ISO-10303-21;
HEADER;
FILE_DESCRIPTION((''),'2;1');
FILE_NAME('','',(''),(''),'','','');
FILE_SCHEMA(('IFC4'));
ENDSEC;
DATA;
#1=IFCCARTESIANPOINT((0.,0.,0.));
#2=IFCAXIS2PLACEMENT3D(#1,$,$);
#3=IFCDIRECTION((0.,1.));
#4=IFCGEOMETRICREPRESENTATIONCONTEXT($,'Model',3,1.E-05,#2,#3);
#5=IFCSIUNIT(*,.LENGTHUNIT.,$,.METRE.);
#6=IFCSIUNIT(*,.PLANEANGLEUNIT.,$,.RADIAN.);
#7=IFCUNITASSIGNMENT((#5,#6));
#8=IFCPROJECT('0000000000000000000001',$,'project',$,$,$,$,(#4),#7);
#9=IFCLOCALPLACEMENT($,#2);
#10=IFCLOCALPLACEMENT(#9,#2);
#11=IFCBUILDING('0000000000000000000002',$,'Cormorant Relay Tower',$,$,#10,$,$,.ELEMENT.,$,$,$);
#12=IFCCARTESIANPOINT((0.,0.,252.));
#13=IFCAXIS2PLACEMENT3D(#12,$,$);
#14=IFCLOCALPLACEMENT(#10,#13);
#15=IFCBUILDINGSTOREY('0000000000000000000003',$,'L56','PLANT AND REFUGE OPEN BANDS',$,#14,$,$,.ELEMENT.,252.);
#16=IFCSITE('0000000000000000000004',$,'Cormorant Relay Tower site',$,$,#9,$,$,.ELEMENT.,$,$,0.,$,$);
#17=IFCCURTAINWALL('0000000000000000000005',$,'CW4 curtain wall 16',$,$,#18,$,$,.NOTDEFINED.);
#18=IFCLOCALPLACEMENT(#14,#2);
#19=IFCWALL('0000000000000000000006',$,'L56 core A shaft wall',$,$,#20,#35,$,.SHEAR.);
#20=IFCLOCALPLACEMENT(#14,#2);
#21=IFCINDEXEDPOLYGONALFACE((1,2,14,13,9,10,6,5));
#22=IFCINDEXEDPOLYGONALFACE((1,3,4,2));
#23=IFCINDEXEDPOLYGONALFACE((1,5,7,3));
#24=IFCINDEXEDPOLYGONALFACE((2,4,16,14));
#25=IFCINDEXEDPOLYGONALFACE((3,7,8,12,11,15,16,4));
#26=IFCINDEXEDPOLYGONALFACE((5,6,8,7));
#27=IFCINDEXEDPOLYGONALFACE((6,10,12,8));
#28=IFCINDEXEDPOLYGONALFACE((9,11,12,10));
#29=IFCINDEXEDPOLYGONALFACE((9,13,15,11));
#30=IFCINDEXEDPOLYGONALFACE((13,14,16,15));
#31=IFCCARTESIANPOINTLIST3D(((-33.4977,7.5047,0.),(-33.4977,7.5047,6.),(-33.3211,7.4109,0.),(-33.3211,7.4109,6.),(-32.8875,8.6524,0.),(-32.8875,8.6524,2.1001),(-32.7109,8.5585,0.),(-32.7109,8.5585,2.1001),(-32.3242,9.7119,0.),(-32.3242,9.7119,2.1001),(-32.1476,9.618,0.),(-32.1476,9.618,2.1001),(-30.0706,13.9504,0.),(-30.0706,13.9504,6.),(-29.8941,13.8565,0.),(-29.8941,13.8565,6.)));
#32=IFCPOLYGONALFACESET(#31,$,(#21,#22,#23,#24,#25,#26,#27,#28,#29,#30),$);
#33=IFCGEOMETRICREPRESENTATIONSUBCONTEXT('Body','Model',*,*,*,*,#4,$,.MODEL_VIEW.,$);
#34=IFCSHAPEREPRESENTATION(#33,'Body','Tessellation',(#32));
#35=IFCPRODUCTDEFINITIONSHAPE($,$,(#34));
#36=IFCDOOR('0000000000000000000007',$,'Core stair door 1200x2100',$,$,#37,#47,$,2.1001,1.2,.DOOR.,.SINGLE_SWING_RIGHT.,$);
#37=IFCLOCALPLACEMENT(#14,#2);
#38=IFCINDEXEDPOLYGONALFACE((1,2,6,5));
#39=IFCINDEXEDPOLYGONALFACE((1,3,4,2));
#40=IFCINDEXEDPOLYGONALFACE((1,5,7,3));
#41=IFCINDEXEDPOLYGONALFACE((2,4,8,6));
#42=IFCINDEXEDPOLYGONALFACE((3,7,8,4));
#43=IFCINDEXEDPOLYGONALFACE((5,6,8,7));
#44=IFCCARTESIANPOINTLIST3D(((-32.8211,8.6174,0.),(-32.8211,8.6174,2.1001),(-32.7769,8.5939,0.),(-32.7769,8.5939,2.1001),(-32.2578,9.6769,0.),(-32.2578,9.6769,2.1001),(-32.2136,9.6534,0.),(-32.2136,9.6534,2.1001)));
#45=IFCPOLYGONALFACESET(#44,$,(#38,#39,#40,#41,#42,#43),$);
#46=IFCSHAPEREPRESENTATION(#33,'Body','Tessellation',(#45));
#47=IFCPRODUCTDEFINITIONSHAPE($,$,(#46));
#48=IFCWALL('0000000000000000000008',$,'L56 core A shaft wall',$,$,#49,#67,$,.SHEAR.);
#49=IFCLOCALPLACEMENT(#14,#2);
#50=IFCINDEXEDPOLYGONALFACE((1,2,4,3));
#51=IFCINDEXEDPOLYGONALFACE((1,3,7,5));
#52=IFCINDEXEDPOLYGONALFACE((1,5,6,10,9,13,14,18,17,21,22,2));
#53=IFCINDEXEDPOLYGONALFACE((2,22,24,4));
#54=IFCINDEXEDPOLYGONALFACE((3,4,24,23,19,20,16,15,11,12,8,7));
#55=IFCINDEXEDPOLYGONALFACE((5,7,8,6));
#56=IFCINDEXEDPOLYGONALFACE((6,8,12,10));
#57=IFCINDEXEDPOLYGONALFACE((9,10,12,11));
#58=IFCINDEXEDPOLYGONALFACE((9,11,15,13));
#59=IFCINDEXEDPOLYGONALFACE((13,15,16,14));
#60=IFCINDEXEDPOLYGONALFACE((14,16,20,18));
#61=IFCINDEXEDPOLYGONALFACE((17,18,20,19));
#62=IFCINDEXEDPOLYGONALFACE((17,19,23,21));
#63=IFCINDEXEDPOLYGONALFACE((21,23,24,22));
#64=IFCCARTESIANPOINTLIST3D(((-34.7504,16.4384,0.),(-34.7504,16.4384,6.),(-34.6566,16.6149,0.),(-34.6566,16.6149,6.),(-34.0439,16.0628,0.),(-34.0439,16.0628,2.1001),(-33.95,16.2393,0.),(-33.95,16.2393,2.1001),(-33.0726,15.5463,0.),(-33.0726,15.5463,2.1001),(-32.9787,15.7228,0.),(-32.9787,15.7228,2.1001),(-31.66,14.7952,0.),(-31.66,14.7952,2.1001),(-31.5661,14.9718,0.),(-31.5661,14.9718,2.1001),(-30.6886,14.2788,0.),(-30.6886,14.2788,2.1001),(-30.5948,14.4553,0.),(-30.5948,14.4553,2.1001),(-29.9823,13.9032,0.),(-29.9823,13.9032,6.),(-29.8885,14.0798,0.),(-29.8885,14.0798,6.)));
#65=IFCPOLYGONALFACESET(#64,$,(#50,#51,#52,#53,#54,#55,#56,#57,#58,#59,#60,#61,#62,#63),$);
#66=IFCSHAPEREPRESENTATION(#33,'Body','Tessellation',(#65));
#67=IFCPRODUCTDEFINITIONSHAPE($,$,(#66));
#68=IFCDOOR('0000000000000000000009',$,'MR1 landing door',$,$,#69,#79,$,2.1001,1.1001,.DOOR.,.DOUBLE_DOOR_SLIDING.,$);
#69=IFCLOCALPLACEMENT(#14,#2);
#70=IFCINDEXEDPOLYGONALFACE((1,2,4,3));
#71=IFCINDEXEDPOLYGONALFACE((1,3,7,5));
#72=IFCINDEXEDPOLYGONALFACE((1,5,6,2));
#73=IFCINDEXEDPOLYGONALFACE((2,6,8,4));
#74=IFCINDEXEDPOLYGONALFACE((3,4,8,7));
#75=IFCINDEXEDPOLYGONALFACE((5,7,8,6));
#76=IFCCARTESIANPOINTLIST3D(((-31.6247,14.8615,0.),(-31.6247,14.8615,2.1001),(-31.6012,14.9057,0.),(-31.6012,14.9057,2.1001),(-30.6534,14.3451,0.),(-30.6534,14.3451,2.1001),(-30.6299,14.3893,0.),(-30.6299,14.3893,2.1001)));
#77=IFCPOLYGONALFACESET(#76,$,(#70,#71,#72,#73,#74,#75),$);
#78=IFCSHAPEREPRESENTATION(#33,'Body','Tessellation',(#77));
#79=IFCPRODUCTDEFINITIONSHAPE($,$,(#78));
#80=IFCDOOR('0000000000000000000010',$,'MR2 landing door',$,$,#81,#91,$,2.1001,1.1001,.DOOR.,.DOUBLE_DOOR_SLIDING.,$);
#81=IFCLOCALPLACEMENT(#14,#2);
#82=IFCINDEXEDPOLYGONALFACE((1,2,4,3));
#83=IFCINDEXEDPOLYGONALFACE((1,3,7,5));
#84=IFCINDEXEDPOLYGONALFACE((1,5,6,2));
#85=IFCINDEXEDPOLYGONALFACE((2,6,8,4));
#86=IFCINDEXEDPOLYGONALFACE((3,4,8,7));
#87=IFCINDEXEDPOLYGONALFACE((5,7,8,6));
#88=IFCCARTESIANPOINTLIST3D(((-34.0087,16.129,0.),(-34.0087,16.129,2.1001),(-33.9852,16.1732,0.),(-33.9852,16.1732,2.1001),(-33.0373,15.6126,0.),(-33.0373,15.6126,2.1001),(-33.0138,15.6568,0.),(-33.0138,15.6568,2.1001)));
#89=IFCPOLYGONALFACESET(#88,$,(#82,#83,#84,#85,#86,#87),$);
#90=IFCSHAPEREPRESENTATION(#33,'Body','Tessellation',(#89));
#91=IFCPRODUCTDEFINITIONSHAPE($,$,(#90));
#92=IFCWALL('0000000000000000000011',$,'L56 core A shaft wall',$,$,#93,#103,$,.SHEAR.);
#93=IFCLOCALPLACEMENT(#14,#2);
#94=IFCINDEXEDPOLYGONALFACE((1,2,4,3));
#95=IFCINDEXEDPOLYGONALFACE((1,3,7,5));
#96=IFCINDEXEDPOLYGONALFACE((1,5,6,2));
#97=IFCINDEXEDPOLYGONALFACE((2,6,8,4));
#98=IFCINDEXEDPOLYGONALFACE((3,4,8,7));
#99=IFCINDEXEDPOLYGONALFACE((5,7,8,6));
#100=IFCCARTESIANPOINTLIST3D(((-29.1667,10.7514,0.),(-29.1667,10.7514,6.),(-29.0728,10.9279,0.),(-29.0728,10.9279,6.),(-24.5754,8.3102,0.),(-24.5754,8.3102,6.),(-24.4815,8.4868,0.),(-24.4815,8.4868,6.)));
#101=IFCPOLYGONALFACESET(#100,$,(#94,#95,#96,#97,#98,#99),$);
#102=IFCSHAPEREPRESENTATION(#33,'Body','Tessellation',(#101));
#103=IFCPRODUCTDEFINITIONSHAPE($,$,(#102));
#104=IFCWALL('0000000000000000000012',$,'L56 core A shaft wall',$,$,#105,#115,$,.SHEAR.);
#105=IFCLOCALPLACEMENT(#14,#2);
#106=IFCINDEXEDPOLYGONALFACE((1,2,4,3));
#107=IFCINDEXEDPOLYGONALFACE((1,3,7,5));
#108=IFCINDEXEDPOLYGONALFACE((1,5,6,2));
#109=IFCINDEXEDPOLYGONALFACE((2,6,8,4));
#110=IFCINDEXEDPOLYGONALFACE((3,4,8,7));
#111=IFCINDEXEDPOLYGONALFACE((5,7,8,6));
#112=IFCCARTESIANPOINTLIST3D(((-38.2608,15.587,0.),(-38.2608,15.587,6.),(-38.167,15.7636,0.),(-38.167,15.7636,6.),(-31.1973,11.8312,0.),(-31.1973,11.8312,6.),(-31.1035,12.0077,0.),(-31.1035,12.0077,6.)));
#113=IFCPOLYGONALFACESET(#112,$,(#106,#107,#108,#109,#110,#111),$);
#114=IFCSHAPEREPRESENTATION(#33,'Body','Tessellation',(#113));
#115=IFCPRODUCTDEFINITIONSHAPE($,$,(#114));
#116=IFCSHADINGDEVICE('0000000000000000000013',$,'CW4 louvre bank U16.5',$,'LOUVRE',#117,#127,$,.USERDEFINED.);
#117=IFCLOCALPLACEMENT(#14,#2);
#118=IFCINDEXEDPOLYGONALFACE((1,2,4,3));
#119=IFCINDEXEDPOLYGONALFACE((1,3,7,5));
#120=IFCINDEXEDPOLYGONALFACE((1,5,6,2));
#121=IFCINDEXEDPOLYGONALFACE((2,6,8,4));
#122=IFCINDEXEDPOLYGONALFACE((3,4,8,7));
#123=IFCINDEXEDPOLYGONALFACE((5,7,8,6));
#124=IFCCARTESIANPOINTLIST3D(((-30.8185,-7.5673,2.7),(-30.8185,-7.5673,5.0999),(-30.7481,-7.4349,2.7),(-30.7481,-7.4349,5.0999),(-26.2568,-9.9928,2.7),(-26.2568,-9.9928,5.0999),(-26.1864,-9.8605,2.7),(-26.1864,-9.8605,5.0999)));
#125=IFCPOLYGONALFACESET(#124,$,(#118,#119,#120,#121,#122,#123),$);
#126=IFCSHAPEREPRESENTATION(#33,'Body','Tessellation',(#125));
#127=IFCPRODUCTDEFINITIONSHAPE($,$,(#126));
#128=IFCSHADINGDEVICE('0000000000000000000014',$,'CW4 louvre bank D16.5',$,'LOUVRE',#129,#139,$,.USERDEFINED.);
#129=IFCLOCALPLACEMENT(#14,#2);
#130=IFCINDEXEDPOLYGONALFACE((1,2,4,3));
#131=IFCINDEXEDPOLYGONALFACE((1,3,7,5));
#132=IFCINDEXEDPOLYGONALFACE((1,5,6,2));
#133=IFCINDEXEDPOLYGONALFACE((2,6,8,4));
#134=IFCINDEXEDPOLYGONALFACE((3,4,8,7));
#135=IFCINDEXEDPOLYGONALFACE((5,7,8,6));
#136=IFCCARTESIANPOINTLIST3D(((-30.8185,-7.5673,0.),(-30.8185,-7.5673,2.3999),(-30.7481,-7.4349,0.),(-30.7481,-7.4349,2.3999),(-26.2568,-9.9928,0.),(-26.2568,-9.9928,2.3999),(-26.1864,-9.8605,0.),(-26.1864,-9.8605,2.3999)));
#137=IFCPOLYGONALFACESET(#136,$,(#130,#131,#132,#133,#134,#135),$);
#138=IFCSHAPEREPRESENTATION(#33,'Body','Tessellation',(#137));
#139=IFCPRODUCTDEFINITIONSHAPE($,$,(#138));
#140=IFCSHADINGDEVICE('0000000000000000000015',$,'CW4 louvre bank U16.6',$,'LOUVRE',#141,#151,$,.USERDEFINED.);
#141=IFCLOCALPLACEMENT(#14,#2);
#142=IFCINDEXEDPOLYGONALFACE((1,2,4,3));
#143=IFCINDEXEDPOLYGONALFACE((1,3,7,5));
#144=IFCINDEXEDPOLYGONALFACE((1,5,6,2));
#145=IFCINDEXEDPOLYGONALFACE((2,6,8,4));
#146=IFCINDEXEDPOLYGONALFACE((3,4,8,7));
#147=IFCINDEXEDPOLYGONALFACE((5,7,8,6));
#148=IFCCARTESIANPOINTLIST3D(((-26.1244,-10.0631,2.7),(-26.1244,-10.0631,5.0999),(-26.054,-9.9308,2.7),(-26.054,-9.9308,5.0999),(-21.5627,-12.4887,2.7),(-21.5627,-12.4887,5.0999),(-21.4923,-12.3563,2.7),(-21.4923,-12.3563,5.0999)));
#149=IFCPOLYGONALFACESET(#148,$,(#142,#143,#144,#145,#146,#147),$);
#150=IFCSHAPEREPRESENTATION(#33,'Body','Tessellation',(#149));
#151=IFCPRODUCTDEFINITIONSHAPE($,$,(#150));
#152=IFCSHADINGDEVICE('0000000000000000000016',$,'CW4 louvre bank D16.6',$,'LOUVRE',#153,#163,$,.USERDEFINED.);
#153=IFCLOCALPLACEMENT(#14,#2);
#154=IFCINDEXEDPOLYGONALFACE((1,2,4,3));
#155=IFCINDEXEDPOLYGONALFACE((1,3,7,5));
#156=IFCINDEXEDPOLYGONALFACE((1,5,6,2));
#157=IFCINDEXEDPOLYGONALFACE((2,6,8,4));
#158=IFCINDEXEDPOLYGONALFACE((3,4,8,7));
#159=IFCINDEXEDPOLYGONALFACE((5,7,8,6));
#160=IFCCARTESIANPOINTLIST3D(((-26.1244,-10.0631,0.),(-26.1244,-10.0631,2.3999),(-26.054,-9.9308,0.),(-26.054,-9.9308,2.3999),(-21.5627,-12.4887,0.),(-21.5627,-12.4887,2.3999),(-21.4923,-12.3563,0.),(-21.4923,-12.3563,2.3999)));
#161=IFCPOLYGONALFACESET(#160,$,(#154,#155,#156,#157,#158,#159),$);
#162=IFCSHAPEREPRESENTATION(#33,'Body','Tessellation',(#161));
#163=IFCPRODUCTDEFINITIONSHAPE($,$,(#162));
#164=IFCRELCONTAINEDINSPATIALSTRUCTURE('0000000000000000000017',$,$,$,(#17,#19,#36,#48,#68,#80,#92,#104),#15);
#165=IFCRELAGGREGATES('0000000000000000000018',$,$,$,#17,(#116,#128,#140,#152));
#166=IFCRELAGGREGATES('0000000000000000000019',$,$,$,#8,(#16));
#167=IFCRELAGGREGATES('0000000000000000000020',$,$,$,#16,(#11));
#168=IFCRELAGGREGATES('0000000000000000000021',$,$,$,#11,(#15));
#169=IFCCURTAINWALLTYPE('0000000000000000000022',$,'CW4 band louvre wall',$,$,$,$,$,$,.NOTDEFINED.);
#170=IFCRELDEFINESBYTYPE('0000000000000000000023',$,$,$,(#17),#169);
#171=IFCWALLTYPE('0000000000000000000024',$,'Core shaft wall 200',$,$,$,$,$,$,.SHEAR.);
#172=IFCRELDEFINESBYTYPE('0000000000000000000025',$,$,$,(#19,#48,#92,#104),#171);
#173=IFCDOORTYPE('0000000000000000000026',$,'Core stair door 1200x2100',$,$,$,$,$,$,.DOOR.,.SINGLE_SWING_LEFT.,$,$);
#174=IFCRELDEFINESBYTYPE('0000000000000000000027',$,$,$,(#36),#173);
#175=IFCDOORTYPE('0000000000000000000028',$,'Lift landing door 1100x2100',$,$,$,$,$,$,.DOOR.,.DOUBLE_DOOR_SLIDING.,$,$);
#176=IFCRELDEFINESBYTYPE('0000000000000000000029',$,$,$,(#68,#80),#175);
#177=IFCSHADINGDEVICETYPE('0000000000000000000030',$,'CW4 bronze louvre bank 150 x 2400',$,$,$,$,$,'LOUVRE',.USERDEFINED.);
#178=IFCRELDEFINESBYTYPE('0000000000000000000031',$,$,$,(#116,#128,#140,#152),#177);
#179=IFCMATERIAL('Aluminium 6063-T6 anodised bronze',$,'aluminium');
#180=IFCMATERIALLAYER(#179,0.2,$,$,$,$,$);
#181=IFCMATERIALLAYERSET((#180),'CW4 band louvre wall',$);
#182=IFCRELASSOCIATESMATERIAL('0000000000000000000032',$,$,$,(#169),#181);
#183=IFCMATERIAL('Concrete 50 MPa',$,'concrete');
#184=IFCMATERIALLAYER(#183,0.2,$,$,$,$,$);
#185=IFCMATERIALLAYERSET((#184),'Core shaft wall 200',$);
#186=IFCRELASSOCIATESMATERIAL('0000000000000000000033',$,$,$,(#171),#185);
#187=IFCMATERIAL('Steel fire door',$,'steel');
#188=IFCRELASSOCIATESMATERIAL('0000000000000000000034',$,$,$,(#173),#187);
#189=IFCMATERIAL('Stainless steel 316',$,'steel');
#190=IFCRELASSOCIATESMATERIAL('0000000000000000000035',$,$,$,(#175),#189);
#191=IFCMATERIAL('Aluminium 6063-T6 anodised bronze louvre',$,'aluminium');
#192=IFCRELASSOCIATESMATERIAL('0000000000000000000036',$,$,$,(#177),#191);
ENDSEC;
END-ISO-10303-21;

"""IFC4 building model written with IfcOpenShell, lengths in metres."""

from ifc_helpers import new_model, si_unit, direction, frame, frame_2d, origin, origin_2d, place, context, subcontext, project, spatial, rectangle, extrude, material, layer, layer_set, type_object, element, fill, aggregate, save


model = new_model("IFC4")

# Units and contexts
model_context = context("Model", 3, precision=1e-05, world=origin(), true_north=direction((0.0, 1.0)))
body_context = subcontext(model_context, "Body", "Model", "MODEL_VIEW")
ifc_project = project(units=[si_unit("LENGTHUNIT", "METRE"), si_unit("PLANEANGLEUNIT", "RADIAN")], contexts=[model_context])

# Site, building, storey
site_placement = place(None, origin())
site = spatial("IfcSite", under=ifc_project, at=site_placement, Name="Cormorant Relay Tower site", CompositionType="ELEMENT", RefElevation=0.0)
building_placement = place(site_placement, origin())
building = spatial("IfcBuilding", under=site, at=building_placement, Name="Cormorant Relay Tower", CompositionType="ELEMENT")
storey_placement = place(building_placement, frame((0.0, 0.0, 252.0)))
storey = spatial("IfcBuildingStorey", under=building, at=storey_placement, Name="L56", Description="PLANT AND REFUGE OPEN BANDS", CompositionType="ELEMENT", Elevation=252.0)

# Curtain wall
ifc_material_1 = material(Name="Aluminium 6063-T6 anodised bronze", Category="aluminium")
ifc_layer_1 = layer(ifc_material_1, 0.2)
ifc_layer_set_1 = layer_set([ifc_layer_1], Name="CW4 band louvre wall")
curtain_wall_type = type_object("IfcCurtainWallType", Name="CW4 band louvre wall", PredefinedType="NOTDEFINED", material=ifc_layer_set_1)
curtain_wall_placement = place(storey_placement, origin())
curtain_wall = element("IfcCurtainWall", 1, at=curtain_wall_placement, inside=storey, type_object=curtain_wall_type, Name="CW4 curtain wall 16", PredefinedType="NOTDEFINED")

# Shared definitions
ifc_material_2 = material(Name="Concrete 50 MPa", Category="concrete")
ifc_layer_2 = layer(ifc_material_2, 0.2)
ifc_layer_set_2 = layer_set([ifc_layer_2], Name="Core shaft wall 200")
wall_type_1 = type_object("IfcWallType", Name="Core shaft wall 200", PredefinedType="SHEAR", material=ifc_layer_set_2)

# Wall, opening, door
wall_1_placement = place(storey_placement, frame((-29.9824, 13.9033, 0.0), z_axis=(0.0, 0.0, 1.0), x_axis=(-0.469454, -0.882957, 0.0)))
wall_1 = element("IfcWall", 2, at=wall_1_placement, inside=storey, type_object=wall_type_1, Name="L56 core A shaft wall", PredefinedType="SHEAR", context=body_context, shape_type="SweptSolid", body=[
    extrude(rectangle(XDim=7.3, YDim=0.2, at=frame_2d((3.6499, 0.0))), origin(), (0.0, 0.0, 1.0), 6.0),
])
opening_1_placement = place(wall_1_placement, frame((4.8, 0.0, 0.0)))
opening_1 = element("IfcOpeningElement", 3, at=opening_1_placement, cuts=wall_1, PredefinedType="OPENING", context=body_context, shape_type="SweptSolid", body=[
    extrude(rectangle(XDim=1.2, YDim=2.1001, at=frame_2d((0.6001, 1.05))), frame((0.0, 0.1099, 0.0), z_axis=(0.0, -1.0, 0.0), x_axis=(1.0, 0.0, 0.0)), (0.0, 0.0, 1.0), 0.22),
])
ifc_material_3 = material(Name="Steel fire door", Category="steel")
door_type_1 = type_object("IfcDoorType", Name="Core stair door 1200x2100", OperationType="SINGLE_SWING_LEFT", PredefinedType="DOOR", material=ifc_material_3)
door_1_placement = place(opening_1_placement, frame((1.2, 0.0, 0.0), z_axis=(0.0, 0.0, 1.0), x_axis=(-1.0, 0.0, 0.0)))
door_1 = element("IfcDoor", 4, at=door_1_placement, inside=storey, type_object=door_type_1, Name="Core stair door 1200x2100", OperationType="SINGLE_SWING_RIGHT", OverallHeight=2.1001, OverallWidth=1.2, PredefinedType="DOOR", context=body_context, shape_type="SweptSolid", body=[
    extrude(rectangle(XDim=1.2, YDim=2.1001, at=frame_2d((0.6001, 1.05))), frame((0.0, 0.0249, 0.0), z_axis=(0.0, -1.0, 0.0), x_axis=(1.0, 0.0, 0.0)), (0.0, 0.0, 1.0), 0.05),
])
fill(opening_1, door_1)

# Wall, openings, doors
wall_2_placement = place(storey_placement, frame((-29.9353, 13.9915, 0.0), z_axis=(0.0, 0.0, 1.0), x_axis=(-0.882953, 0.469462, 0.0)))
wall_2 = element("IfcWall", 5, at=wall_2_placement, inside=storey, type_object=wall_type_1, Name="L56 core A shaft wall", PredefinedType="SHEAR", context=body_context, shape_type="SweptSolid", body=[
    extrude(rectangle(XDim=5.4001, YDim=0.2, at=frame_2d((2.7002, 0.0))), origin(), (0.0, 0.0, 1.0), 6.0),
])
opening_2_placement = place(wall_2_placement, frame((0.8, 0.0, 0.0)))
opening_2 = element("IfcOpeningElement", 6, at=opening_2_placement, cuts=wall_2, PredefinedType="OPENING", context=body_context, shape_type="SweptSolid", body=[
    extrude(rectangle(XDim=1.1001, YDim=2.1001, at=frame_2d((0.55, 1.05))), frame((0.0, 0.1099, 0.0), z_axis=(0.0, -1.0, 0.0), x_axis=(1.0, 0.0, 0.0)), (0.0, 0.0, 1.0), 0.22),
])
opening_3_placement = place(wall_2_placement, frame((3.5, 0.0, 0.0)))
opening_3 = element("IfcOpeningElement", 7, at=opening_3_placement, cuts=wall_2, PredefinedType="OPENING", context=body_context, shape_type="SweptSolid", body=[
    extrude(rectangle(XDim=1.1001, YDim=2.1001, at=frame_2d((0.55, 1.05))), frame((0.0, 0.1099, 0.0), z_axis=(0.0, -1.0, 0.0), x_axis=(1.0, 0.0, 0.0)), (0.0, 0.0, 1.0), 0.22),
])
ifc_material_4 = material(Name="Stainless steel 316", Category="steel")
door_type_2 = type_object("IfcDoorType", Name="Lift landing door 1100x2100", OperationType="DOUBLE_DOOR_SLIDING", PredefinedType="DOOR", material=ifc_material_4)
door_2_placement = place(opening_2_placement, origin())
door_2 = element("IfcDoor", 8, at=door_2_placement, inside=storey, type_object=door_type_2, Name="MR1 landing door", OperationType="DOUBLE_DOOR_SLIDING", OverallHeight=2.1001, OverallWidth=1.1001, PredefinedType="DOOR", context=body_context, shape_type="SweptSolid", body=[
    extrude(rectangle(XDim=1.1001, YDim=2.1001, at=frame_2d((0.55, 1.05))), frame((0.0, 0.0249, 0.0), z_axis=(0.0, -1.0, 0.0), x_axis=(1.0, 0.0, 0.0)), (0.0, 0.0, 1.0), 0.05),
])
fill(opening_2, door_2)
door_3_placement = place(opening_3_placement, origin())
door_3 = element("IfcDoor", 9, at=door_3_placement, inside=storey, type_object=door_type_2, Name="MR2 landing door", OperationType="DOUBLE_DOOR_SLIDING", OverallHeight=2.1001, OverallWidth=1.1001, PredefinedType="DOOR", context=body_context, shape_type="SweptSolid", body=[
    extrude(rectangle(XDim=1.1001, YDim=2.1001, at=frame_2d((0.55, 1.05))), frame((0.0, 0.0249, 0.0), z_axis=(0.0, -1.0, 0.0), x_axis=(1.0, 0.0, 0.0)), (0.0, 0.0, 1.0), 0.05),
])
fill(opening_3, door_3)

# Walls
wall_3_placement = place(storey_placement, frame((-24.5283, 8.3984, 0.0), z_axis=(0.0, 0.0, 1.0), x_axis=(-0.882954, 0.46946, 0.0)))
element("IfcWall", 10, at=wall_3_placement, inside=storey, type_object=wall_type_1, Name="L56 core A shaft wall", PredefinedType="SHEAR", context=body_context, shape_type="SweptSolid", body=[
    extrude(rectangle(XDim=5.2, YDim=0.2, at=frame_2d((2.6001, 0.0))), origin(), (0.0, 0.0, 1.0), 6.0),
])
wall_4_placement = place(storey_placement, frame((-31.1504, 11.9194, 0.0), z_axis=(0.0, 0.0, 1.0), x_axis=(-0.88294, 0.469485, 0.0)))
element("IfcWall", 11, at=wall_4_placement, inside=storey, type_object=wall_type_1, Name="L56 core A shaft wall", PredefinedType="SHEAR", context=body_context, shape_type="SweptSolid", body=[
    extrude(rectangle(XDim=8.0, YDim=0.2, at=frame_2d((4.0, 0.0))), origin(), (0.0, 0.0, 1.0), 6.0),
])

# Shading devices
ifc_material_5 = material(Name="Aluminium 6063-T6 anodised bronze louvre", Category="aluminium")
shading_device_type = type_object("IfcShadingDeviceType", Name="CW4 bronze louvre bank 150 x 2400", ElementType="LOUVRE", PredefinedType="USERDEFINED", material=ifc_material_5)
shading_device_1_placement = place(storey_placement, frame((-28.5024, -8.7139, 2.7), z_axis=(0.0, 0.0, 1.0), x_axis=(0.882948, -0.469472, 0.0)))
shading_device_1 = element("IfcShadingDevice", 12, at=shading_device_1_placement, type_object=shading_device_type, Name="CW4 louvre bank U16.5", ObjectType="LOUVRE", PredefinedType="USERDEFINED", context=body_context, shape_type="SweptSolid", body=[
    extrude(rectangle(XDim=5.1665, YDim=0.1499, at=origin_2d()), origin(), (0.0, 0.0, 1.0), 2.3999),
])
shading_device_2_placement = place(storey_placement, frame((-28.5024, -8.7139, 0.0), z_axis=(0.0, 0.0, 1.0), x_axis=(0.882948, -0.469472, 0.0)))
shading_device_2 = element("IfcShadingDevice", 13, at=shading_device_2_placement, type_object=shading_device_type, Name="CW4 louvre bank D16.5", ObjectType="LOUVRE", PredefinedType="USERDEFINED", context=body_context, shape_type="SweptSolid", body=[
    extrude(rectangle(XDim=5.1665, YDim=0.1499, at=origin_2d()), origin(), (0.0, 0.0, 1.0), 2.3999),
])
shading_device_3_placement = place(storey_placement, frame((-23.8083, -11.2097, 2.7), z_axis=(0.0, 0.0, 1.0), x_axis=(0.882948, -0.469472, 0.0)))
shading_device_3 = element("IfcShadingDevice", 14, at=shading_device_3_placement, type_object=shading_device_type, Name="CW4 louvre bank U16.6", ObjectType="LOUVRE", PredefinedType="USERDEFINED", context=body_context, shape_type="SweptSolid", body=[
    extrude(rectangle(XDim=5.1665, YDim=0.1499, at=origin_2d()), origin(), (0.0, 0.0, 1.0), 2.3999),
])
shading_device_4_placement = place(storey_placement, frame((-23.8083, -11.2097, 0.0), z_axis=(0.0, 0.0, 1.0), x_axis=(0.882948, -0.469472, 0.0)))
shading_device_4 = element("IfcShadingDevice", 15, at=shading_device_4_placement, type_object=shading_device_type, Name="CW4 louvre bank D16.6", ObjectType="LOUVRE", PredefinedType="USERDEFINED", context=body_context, shape_type="SweptSolid", body=[
    extrude(rectangle(XDim=5.1665, YDim=0.1499, at=origin_2d()), origin(), (0.0, 0.0, 1.0), 2.3999),
])
aggregate(curtain_wall, [shading_device_1, shading_device_2, shading_device_3, shading_device_4])

save(model, "model.ifc")
